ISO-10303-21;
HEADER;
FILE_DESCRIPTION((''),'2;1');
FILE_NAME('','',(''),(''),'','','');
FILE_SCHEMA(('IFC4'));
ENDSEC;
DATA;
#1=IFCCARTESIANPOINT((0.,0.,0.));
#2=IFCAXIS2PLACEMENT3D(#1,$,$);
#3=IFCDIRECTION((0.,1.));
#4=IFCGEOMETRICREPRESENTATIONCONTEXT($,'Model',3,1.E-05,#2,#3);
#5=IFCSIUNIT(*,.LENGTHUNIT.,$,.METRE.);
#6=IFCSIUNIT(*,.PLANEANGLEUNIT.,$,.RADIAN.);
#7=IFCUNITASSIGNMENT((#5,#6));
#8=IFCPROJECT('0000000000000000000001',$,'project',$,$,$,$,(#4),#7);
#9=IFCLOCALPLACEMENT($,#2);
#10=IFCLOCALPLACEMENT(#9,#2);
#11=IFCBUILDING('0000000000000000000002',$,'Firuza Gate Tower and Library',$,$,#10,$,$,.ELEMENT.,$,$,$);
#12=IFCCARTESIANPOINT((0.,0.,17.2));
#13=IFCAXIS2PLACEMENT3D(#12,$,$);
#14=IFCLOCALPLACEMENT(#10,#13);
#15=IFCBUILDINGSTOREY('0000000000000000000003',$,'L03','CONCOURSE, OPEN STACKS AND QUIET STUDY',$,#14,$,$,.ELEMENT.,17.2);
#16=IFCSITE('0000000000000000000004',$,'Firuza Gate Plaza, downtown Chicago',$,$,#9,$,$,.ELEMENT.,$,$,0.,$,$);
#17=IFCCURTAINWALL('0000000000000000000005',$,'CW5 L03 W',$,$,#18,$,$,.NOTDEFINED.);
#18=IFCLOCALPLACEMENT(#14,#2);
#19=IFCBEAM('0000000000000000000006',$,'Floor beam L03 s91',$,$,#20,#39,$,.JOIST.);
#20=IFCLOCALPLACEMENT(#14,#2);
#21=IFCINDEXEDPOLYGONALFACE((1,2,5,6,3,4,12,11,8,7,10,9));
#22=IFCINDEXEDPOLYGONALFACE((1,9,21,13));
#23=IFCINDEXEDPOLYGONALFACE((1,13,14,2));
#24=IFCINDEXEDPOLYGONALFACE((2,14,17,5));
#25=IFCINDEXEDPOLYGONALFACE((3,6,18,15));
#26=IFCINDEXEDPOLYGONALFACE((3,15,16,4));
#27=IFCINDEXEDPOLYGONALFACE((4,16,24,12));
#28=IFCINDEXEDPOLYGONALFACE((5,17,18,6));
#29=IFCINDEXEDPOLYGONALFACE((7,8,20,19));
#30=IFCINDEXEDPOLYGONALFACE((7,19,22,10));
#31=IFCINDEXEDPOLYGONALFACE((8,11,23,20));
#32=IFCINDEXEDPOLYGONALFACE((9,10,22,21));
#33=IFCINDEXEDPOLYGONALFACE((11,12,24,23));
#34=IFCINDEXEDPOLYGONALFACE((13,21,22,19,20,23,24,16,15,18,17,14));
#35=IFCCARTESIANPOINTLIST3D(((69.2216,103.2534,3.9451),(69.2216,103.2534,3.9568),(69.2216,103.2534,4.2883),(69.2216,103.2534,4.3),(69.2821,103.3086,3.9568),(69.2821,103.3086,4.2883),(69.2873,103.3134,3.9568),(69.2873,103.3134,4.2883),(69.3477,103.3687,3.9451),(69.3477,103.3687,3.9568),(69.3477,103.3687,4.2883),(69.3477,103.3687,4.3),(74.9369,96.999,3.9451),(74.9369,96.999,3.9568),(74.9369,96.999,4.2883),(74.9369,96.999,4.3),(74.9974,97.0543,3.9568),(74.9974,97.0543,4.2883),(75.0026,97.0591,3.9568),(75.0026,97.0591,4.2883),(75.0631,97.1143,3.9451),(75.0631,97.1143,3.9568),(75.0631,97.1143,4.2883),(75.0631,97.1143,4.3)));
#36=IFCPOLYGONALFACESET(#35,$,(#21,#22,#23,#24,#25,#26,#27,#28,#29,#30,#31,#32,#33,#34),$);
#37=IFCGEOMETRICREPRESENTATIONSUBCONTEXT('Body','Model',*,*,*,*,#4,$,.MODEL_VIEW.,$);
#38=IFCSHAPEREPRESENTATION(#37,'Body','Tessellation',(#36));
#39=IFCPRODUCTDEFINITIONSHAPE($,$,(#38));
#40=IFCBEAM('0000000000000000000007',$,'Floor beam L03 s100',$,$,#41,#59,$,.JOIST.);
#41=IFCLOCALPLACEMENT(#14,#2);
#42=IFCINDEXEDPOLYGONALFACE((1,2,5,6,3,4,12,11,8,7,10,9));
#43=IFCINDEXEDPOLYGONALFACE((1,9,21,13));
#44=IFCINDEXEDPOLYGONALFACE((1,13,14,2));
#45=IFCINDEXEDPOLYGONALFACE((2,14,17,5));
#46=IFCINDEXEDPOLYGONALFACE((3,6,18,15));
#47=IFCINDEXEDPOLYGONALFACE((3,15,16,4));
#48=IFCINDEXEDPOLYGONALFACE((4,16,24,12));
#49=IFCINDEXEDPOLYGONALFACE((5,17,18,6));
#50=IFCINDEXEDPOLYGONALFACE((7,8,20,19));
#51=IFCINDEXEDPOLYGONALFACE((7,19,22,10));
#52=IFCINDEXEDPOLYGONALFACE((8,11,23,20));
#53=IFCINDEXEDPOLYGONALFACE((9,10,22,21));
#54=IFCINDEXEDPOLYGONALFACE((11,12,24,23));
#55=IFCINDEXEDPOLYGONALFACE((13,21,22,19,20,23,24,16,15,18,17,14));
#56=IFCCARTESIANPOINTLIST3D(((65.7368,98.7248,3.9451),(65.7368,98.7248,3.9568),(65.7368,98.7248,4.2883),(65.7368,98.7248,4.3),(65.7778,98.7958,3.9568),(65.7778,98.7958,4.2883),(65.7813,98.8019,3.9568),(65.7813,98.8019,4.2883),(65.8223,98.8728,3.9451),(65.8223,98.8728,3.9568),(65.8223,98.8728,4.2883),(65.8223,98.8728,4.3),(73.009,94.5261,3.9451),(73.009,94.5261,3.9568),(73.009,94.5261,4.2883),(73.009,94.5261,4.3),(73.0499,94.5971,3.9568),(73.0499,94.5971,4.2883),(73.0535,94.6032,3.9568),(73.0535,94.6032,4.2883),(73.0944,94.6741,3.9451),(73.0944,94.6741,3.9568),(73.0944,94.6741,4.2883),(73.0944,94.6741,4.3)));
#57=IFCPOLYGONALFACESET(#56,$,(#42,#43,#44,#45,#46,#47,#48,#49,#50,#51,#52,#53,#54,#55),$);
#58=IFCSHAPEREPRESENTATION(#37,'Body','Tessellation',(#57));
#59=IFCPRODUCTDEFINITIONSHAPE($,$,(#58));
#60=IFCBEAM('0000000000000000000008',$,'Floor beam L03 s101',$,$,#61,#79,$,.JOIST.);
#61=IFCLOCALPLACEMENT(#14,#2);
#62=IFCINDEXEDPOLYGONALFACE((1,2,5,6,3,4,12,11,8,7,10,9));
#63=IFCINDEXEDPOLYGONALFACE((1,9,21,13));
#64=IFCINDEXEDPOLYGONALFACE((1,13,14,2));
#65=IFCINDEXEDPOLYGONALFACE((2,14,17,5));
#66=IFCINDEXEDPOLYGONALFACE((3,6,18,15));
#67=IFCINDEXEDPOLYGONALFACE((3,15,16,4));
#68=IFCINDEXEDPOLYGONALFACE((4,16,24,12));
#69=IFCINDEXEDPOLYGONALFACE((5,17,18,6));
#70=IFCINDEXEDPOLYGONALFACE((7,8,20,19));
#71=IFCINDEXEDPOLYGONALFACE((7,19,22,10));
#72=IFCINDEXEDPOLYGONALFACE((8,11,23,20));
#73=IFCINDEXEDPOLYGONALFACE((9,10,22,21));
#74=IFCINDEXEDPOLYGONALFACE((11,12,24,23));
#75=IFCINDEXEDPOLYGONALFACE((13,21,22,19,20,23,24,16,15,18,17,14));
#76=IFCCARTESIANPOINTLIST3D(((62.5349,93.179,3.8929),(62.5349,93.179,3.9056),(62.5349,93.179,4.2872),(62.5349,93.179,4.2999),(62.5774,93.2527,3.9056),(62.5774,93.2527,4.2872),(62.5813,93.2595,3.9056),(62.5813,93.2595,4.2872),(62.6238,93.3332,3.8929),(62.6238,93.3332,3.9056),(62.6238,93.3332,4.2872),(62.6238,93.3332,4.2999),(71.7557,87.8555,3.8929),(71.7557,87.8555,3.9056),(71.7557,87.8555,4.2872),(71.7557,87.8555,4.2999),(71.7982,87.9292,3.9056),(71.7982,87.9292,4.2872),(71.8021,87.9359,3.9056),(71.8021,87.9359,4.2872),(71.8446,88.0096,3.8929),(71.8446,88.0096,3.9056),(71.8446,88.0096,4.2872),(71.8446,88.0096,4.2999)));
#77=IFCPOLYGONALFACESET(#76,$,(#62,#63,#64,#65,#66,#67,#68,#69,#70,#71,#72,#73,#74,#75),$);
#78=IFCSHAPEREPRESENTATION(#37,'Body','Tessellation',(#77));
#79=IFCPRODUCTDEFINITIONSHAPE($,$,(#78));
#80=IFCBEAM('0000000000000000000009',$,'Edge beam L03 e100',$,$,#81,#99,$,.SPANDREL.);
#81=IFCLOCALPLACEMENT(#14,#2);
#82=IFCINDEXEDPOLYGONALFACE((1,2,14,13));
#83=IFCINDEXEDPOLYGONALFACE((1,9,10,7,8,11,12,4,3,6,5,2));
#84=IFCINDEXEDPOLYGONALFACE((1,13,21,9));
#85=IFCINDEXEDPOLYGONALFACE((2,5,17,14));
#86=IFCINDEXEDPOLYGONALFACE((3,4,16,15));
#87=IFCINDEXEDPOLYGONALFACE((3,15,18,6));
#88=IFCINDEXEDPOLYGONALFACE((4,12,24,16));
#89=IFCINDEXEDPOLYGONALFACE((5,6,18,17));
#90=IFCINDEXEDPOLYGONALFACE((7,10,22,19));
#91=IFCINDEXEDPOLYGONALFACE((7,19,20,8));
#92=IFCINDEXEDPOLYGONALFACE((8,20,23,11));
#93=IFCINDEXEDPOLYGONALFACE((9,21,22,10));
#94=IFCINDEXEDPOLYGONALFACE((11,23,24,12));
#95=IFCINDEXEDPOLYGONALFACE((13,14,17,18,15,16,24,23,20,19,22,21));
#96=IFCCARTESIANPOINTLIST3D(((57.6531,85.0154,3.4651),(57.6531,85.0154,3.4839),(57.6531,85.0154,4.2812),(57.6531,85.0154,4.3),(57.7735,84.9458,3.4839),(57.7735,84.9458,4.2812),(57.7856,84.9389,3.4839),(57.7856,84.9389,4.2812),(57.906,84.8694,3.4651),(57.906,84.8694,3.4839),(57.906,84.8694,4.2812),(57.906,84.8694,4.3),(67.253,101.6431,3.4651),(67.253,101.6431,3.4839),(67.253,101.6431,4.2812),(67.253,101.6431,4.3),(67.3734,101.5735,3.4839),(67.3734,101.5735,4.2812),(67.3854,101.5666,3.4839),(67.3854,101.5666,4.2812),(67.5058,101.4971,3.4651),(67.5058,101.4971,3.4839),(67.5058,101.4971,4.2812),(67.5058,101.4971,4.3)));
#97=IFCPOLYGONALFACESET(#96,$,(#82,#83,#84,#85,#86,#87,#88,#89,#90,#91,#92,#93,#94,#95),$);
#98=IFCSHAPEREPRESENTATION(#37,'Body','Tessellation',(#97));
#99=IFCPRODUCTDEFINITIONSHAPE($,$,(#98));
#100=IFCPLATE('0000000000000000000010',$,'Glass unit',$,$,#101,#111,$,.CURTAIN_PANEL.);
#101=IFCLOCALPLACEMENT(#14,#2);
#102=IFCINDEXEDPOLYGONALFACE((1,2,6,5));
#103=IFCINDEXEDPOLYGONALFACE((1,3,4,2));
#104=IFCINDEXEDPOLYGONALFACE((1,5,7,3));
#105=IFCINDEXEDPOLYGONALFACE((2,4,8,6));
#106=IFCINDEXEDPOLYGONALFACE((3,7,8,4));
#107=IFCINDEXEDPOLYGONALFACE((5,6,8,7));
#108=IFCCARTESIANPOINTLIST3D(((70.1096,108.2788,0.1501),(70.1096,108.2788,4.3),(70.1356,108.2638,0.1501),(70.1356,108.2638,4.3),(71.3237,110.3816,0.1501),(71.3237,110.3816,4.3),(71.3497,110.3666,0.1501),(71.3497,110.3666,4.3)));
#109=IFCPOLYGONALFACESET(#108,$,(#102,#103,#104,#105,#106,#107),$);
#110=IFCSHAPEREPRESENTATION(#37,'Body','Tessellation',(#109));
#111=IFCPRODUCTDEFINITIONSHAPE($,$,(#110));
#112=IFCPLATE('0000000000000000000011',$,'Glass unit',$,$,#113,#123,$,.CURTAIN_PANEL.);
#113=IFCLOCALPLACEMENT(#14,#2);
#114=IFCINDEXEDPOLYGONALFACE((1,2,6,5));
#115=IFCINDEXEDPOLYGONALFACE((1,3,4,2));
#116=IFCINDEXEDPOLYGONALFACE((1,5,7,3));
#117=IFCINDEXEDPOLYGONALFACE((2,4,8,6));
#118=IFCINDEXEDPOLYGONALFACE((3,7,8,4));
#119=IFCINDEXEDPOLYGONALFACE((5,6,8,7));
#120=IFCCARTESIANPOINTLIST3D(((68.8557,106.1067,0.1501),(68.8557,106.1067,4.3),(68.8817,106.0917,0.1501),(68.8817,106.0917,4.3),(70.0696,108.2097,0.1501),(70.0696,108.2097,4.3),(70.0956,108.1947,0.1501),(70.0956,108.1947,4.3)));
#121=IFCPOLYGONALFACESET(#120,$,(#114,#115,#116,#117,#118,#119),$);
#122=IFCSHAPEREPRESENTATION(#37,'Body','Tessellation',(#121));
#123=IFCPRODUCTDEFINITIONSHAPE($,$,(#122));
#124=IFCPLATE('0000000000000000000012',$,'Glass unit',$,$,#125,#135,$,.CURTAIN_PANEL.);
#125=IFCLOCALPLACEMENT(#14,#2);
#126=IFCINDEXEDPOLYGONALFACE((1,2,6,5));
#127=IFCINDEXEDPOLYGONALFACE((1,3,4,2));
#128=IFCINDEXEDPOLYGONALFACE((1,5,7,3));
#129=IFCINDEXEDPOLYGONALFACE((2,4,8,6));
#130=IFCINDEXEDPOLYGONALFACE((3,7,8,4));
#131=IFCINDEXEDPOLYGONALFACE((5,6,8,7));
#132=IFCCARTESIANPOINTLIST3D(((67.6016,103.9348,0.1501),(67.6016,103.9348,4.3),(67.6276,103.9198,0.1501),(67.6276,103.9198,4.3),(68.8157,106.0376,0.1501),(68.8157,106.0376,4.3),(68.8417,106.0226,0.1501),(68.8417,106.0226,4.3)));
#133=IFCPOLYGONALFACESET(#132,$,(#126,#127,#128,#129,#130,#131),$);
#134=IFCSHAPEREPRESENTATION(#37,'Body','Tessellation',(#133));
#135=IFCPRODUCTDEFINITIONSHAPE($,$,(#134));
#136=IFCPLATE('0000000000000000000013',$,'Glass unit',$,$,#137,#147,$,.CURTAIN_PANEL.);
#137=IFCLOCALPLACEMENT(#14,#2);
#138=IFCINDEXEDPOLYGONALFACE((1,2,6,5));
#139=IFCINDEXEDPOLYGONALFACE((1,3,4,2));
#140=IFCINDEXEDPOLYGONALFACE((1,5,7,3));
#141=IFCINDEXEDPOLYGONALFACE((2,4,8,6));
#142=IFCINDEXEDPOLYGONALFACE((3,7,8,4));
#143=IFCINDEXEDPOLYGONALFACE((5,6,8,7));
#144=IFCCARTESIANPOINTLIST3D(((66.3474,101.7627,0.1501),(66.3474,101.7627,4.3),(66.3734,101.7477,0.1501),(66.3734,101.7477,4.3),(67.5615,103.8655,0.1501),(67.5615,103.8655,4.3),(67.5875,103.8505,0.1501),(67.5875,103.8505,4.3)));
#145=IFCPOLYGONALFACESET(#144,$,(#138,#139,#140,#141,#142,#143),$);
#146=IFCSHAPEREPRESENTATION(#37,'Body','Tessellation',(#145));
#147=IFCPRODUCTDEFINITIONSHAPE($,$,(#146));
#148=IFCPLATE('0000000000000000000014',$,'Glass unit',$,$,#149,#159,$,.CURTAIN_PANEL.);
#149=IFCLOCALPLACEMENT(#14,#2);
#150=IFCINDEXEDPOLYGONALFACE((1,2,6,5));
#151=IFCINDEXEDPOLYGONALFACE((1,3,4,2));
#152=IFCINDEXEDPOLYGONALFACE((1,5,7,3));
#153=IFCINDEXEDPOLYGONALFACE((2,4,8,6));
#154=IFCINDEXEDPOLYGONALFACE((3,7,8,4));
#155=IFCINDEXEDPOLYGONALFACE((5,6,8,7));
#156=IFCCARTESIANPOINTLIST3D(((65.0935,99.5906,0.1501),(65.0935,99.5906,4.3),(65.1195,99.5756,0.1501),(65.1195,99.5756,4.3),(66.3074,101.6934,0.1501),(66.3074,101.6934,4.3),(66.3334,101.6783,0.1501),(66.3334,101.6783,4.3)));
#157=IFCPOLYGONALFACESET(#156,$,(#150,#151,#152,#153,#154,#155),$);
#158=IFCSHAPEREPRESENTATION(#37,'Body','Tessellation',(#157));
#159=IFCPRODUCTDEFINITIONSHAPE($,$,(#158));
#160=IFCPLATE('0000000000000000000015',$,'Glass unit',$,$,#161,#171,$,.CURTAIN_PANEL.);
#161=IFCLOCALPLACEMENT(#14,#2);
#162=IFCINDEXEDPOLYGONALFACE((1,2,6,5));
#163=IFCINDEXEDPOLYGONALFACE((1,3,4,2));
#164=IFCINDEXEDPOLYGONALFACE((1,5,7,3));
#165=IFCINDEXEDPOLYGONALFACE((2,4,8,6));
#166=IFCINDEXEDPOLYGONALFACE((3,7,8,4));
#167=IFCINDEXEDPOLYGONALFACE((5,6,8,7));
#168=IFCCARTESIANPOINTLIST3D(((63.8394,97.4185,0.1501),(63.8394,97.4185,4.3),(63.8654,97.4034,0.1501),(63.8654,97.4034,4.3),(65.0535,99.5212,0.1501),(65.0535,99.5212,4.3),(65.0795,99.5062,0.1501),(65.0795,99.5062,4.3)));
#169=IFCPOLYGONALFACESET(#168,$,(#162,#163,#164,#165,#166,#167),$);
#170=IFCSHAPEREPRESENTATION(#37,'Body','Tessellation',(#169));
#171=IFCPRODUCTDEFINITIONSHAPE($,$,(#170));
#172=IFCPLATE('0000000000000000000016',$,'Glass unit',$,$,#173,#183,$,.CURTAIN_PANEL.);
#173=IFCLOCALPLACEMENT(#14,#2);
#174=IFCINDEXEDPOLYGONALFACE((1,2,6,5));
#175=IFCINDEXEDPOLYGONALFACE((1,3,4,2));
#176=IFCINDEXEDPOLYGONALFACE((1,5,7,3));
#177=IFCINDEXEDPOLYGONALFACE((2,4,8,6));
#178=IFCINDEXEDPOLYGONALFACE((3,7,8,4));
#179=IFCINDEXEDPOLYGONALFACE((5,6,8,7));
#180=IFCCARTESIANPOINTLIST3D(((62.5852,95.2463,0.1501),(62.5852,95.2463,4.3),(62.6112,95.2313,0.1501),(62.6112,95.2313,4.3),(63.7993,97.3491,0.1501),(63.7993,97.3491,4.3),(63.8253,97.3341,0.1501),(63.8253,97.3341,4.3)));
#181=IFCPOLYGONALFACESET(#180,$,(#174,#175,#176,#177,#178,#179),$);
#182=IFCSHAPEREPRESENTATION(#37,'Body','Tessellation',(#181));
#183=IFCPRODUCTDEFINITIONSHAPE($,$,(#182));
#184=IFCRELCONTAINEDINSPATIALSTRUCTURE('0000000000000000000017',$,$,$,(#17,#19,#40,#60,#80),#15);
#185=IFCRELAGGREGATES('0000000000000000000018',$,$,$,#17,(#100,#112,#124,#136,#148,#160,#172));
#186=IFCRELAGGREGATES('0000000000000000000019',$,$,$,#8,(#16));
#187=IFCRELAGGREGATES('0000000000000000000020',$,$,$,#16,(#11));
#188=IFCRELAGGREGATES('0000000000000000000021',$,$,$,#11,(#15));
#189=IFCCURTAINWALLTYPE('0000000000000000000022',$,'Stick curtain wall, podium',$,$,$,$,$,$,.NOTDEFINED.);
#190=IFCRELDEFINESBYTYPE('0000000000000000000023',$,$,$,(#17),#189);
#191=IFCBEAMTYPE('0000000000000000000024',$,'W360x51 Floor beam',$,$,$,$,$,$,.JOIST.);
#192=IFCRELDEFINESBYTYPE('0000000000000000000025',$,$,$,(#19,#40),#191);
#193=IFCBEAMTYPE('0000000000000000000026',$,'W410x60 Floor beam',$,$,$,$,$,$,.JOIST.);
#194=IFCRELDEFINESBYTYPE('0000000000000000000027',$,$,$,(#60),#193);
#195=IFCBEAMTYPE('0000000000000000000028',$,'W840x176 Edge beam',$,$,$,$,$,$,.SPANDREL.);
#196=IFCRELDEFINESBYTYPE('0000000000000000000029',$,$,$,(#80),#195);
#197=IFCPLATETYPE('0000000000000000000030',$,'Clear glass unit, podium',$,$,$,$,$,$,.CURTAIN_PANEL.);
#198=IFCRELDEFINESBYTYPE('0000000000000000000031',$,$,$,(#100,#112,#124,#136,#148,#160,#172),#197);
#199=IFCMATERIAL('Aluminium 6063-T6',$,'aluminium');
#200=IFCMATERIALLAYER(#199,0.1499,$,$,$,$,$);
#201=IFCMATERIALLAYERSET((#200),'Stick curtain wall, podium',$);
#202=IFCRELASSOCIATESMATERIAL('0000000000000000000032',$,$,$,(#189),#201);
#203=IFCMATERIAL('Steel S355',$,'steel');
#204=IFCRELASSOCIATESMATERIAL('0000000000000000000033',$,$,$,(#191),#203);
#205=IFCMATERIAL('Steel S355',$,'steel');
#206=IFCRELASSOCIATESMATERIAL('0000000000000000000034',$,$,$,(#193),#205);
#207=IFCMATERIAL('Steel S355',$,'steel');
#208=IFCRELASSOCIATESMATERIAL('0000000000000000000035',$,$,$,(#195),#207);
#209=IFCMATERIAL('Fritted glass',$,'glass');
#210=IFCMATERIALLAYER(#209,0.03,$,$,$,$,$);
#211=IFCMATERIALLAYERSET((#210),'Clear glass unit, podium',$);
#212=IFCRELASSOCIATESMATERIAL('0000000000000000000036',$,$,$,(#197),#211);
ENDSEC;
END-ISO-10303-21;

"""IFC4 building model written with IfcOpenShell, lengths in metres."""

from ifc_helpers import new_model, si_unit, direction, frame, origin, origin_2d, place, context, subcontext, project, spatial, polyline, i_section, outline, extrude, material, layer, layer_set, material_profile, profile_set, type_object, element, aggregate, save


model = new_model("IFC4")

# Units and contexts
model_context = context("Model", 3, precision=1e-05, world=origin(), true_north=direction((0.0, 1.0)))
body_context = subcontext(model_context, "Body", "Model", "MODEL_VIEW")
ifc_project = project(units=[si_unit("LENGTHUNIT", "METRE"), si_unit("PLANEANGLEUNIT", "RADIAN")], contexts=[model_context])

# Site, building, storey
site_placement = place(None, origin())
site = spatial("IfcSite", under=ifc_project, at=site_placement, Name="Firuza Gate Plaza, downtown Chicago", CompositionType="ELEMENT", RefElevation=0.0)
building_placement = place(site_placement, origin())
building = spatial("IfcBuilding", under=site, at=building_placement, Name="Firuza Gate Tower and Library", CompositionType="ELEMENT")
storey_placement = place(building_placement, frame((0.0, 0.0, 17.2)))
storey = spatial("IfcBuildingStorey", under=building, at=storey_placement, Name="L03", Description="CONCOURSE, OPEN STACKS AND QUIET STUDY", CompositionType="ELEMENT", Elevation=17.2)

# Curtain wall
ifc_material_1 = material(Name="Aluminium 6063-T6", Category="aluminium")
ifc_layer_1 = layer(ifc_material_1, 0.1499)
ifc_layer_set_1 = layer_set([ifc_layer_1], Name="Stick curtain wall, podium")
curtain_wall_type = type_object("IfcCurtainWallType", Name="Stick curtain wall, podium", PredefinedType="NOTDEFINED", material=ifc_layer_set_1)
placement = place(storey_placement, origin())
curtain_wall = element("IfcCurtainWall", 1, at=placement, inside=storey, type_object=curtain_wall_type, Name="CW5 L03 W", PredefinedType="NOTDEFINED")

# Beams
ifc_material_2 = material(Name="Steel S355", Category="steel")
ifc_material_profile_1 = material_profile(ifc_material_2, i_section(OverallWidth=0.1709, OverallDepth=0.355, WebThickness=0.0071, FlangeThickness=0.0117, at=origin_2d()))
ifc_profile_set_1 = profile_set([ifc_material_profile_1], Name="Steel S355")
beam_type_1 = type_object("IfcBeamType", Name="W360x51 Floor beam", PredefinedType="JOIST", material=ifc_profile_set_1)
beam_1_placement = place(storey_placement, frame((69.2847, 103.311, 4.1226), z_axis=(0.674578, -0.738203, 0.0), x_axis=(0.738203, 0.674578, 0.0)))
element("IfcBeam", 2, at=beam_1_placement, inside=storey, type_object=beam_type_1, Name="Floor beam L03 s91", PredefinedType="JOIST", context=body_context, shape_type="SweptSolid", body=[
    extrude(i_section(OverallWidth=0.1709, OverallDepth=0.355, WebThickness=0.0071, FlangeThickness=0.0117, at=origin_2d()), origin(), (0.0, 0.0, 1.0), 8.4724),
])
beam_2_placement = place(storey_placement, frame((65.7795, 98.7988, 4.1226), z_axis=(0.86602, -0.50001, 0.0), x_axis=(0.50001, 0.86602, 0.0)))
element("IfcBeam", 3, at=beam_2_placement, inside=storey, type_object=beam_type_1, Name="Floor beam L03 s100", PredefinedType="JOIST", context=body_context, shape_type="SweptSolid", body=[
    extrude(i_section(OverallWidth=0.1709, OverallDepth=0.355, WebThickness=0.0071, FlangeThickness=0.0117, at=origin_2d()), origin(), (0.0, 0.0, 1.0), 8.3972),
])
ifc_material_3 = material(Name="Steel S355", Category="steel")
ifc_material_profile_2 = material_profile(ifc_material_3, i_section(OverallWidth=0.178, OverallDepth=0.407, WebThickness=0.0078, FlangeThickness=0.0127, at=origin_2d()))
ifc_profile_set_2 = profile_set([ifc_material_profile_2], Name="Steel S355")
beam_type_2 = type_object("IfcBeamType", Name="W410x60 Floor beam", PredefinedType="JOIST", material=ifc_profile_set_2)
beam_3_placement = place(storey_placement, frame((62.5793, 93.2561, 4.0964), z_axis=(0.866029, -0.499994, 0.0), x_axis=(0.499994, 0.866029, 0.0)))
element("IfcBeam", 4, at=beam_3_placement, inside=storey, type_object=beam_type_2, Name="Floor beam L03 s101", PredefinedType="JOIST", context=body_context, shape_type="SweptSolid", body=[
    extrude(i_section(OverallWidth=0.178, OverallDepth=0.407, WebThickness=0.0078, FlangeThickness=0.0127, at=origin_2d()), origin(), (0.0, 0.0, 1.0), 10.6472),
])
ifc_material_4 = material(Name="Steel S355", Category="steel")
ifc_material_profile_3 = material_profile(ifc_material_4, i_section(OverallWidth=0.292, OverallDepth=0.835, WebThickness=0.0139, FlangeThickness=0.0188, at=origin_2d()))
ifc_profile_set_3 = profile_set([ifc_material_profile_3], Name="Steel S355")
beam_type_3 = type_object("IfcBeamType", Name="W840x176 Edge beam", PredefinedType="SPANDREL", material=ifc_profile_set_3)
beam_4_placement = place(storey_placement, frame((67.3794, 101.5701, 3.8826), z_axis=(-0.499994, -0.866029, 0.0), x_axis=(0.866029, -0.499994, 0.0)))
element("IfcBeam", 5, at=beam_4_placement, inside=storey, type_object=beam_type_3, Name="Edge beam L03 e100", PredefinedType="SPANDREL", context=body_context, shape_type="SweptSolid", body=[
    extrude(i_section(OverallWidth=0.292, OverallDepth=0.835, WebThickness=0.0139, FlangeThickness=0.0188, at=origin_2d()), origin(), (0.0, 0.0, 1.0), 19.2),
])

# Plates
ifc_material_5 = material(Name="Fritted glass", Category="glass")
ifc_layer_2 = layer(ifc_material_5, 0.03)
ifc_layer_set_2 = layer_set([ifc_layer_2], Name="Clear glass unit, podium")
plate_type = type_object("IfcPlateType", Name="Clear glass unit, podium", PredefinedType="CURTAIN_PANEL", material=ifc_layer_set_2)
plate_1_placement = place(storey_placement, frame((71.3237, 110.3816, 0.1501), z_axis=(-0.866013, 0.500021, 0.0), x_axis=(-0.500021, -0.866013, 0.0)))
plate_1 = element("IfcPlate", 6, at=plate_1_placement, type_object=plate_type, Name="Glass unit", PredefinedType="CURTAIN_PANEL", context=body_context, shape_type="SweptSolid", body=[
    extrude(outline(polyline([(0.0, 0.0), (2.4281, 0.0), (2.4281, 4.1499), (0.0, 4.1499), (0.0, 0.0)])), origin(), (0.0, 0.0, -1.0), 0.03),
])
plate_2_placement = place(storey_placement, frame((70.0696, 108.2097, 0.1501), z_axis=(-0.866082, 0.499902, 0.0), x_axis=(-0.499902, -0.866082, 0.0)))
plate_2 = element("IfcPlate", 7, at=plate_2_placement, type_object=plate_type, Name="Glass unit", PredefinedType="CURTAIN_PANEL", context=body_context, shape_type="SweptSolid", body=[
    extrude(outline(polyline([(0.0, 0.0), (2.4282, 0.0), (2.4282, 4.1499), (0.0, 4.1499), (0.0, 0.0)])), origin(), (0.0, 0.0, -1.0), 0.03),
])
plate_3_placement = place(storey_placement, frame((68.8157, 106.0376, 0.1501), z_axis=(-0.866013, 0.500021, 0.0), x_axis=(-0.500021, -0.866013, 0.0)))
plate_3 = element("IfcPlate", 8, at=plate_3_placement, type_object=plate_type, Name="Glass unit", PredefinedType="CURTAIN_PANEL", context=body_context, shape_type="SweptSolid", body=[
    extrude(outline(polyline([(0.0, 0.0), (2.4281, 0.0), (2.4281, 4.1499), (0.0, 4.1499), (0.0, 0.0)])), origin(), (0.0, 0.0, -1.0), 0.03),
])
plate_4_placement = place(storey_placement, frame((67.5615, 103.8655, 0.1501), z_axis=(-0.866013, 0.500021, 0.0), x_axis=(-0.500021, -0.866013, 0.0)))
plate_4 = element("IfcPlate", 9, at=plate_4_placement, type_object=plate_type, Name="Glass unit", PredefinedType="CURTAIN_PANEL", context=body_context, shape_type="SweptSolid", body=[
    extrude(outline(polyline([(0.0, 0.0), (2.4281, 0.0), (2.4281, 4.1499), (0.0, 4.1499), (0.0, 0.0)])), origin(), (0.0, 0.0, -1.0), 0.03),
])
plate_5_placement = place(storey_placement, frame((66.3074, 101.6934, 0.1501), z_axis=(-0.866057, 0.499946, 0.0), x_axis=(-0.499946, -0.866057, 0.0)))
plate_5 = element("IfcPlate", 10, at=plate_5_placement, type_object=plate_type, Name="Glass unit", PredefinedType="CURTAIN_PANEL", context=body_context, shape_type="SweptSolid", body=[
    extrude(outline(polyline([(0.0, 0.0), (2.428, 0.0), (2.428, 4.1499), (0.0, 4.1499), (0.0, 0.0)])), origin(), (0.0, 0.0, -1.0), 0.03),
])
plate_6_placement = place(storey_placement, frame((65.0535, 99.5212, 0.1501), z_axis=(-0.866013, 0.500021, 0.0), x_axis=(-0.500021, -0.866013, 0.0)))
plate_6 = element("IfcPlate", 11, at=plate_6_placement, type_object=plate_type, Name="Glass unit", PredefinedType="CURTAIN_PANEL", context=body_context, shape_type="SweptSolid", body=[
    extrude(outline(polyline([(0.0, 0.0), (2.4281, 0.0), (2.4281, 4.1499), (0.0, 4.1499), (0.0, 0.0)])), origin(), (0.0, 0.0, -1.0), 0.03),
])
plate_7_placement = place(storey_placement, frame((63.7993, 97.3491, 0.1501), z_axis=(-0.866013, 0.500021, 0.0), x_axis=(-0.500021, -0.866013, 0.0)))
plate_7 = element("IfcPlate", 12, at=plate_7_placement, type_object=plate_type, Name="Glass unit", PredefinedType="CURTAIN_PANEL", context=body_context, shape_type="SweptSolid", body=[
    extrude(outline(polyline([(0.0, 0.0), (2.4281, 0.0), (2.4281, 4.1499), (0.0, 4.1499), (0.0, 0.0)])), origin(), (0.0, 0.0, -1.0), 0.03),
])
aggregate(curtain_wall, [plate_1, plate_2, plate_3, plate_4, plate_5, plate_6, plate_7])

save(model, "model.ifc")
